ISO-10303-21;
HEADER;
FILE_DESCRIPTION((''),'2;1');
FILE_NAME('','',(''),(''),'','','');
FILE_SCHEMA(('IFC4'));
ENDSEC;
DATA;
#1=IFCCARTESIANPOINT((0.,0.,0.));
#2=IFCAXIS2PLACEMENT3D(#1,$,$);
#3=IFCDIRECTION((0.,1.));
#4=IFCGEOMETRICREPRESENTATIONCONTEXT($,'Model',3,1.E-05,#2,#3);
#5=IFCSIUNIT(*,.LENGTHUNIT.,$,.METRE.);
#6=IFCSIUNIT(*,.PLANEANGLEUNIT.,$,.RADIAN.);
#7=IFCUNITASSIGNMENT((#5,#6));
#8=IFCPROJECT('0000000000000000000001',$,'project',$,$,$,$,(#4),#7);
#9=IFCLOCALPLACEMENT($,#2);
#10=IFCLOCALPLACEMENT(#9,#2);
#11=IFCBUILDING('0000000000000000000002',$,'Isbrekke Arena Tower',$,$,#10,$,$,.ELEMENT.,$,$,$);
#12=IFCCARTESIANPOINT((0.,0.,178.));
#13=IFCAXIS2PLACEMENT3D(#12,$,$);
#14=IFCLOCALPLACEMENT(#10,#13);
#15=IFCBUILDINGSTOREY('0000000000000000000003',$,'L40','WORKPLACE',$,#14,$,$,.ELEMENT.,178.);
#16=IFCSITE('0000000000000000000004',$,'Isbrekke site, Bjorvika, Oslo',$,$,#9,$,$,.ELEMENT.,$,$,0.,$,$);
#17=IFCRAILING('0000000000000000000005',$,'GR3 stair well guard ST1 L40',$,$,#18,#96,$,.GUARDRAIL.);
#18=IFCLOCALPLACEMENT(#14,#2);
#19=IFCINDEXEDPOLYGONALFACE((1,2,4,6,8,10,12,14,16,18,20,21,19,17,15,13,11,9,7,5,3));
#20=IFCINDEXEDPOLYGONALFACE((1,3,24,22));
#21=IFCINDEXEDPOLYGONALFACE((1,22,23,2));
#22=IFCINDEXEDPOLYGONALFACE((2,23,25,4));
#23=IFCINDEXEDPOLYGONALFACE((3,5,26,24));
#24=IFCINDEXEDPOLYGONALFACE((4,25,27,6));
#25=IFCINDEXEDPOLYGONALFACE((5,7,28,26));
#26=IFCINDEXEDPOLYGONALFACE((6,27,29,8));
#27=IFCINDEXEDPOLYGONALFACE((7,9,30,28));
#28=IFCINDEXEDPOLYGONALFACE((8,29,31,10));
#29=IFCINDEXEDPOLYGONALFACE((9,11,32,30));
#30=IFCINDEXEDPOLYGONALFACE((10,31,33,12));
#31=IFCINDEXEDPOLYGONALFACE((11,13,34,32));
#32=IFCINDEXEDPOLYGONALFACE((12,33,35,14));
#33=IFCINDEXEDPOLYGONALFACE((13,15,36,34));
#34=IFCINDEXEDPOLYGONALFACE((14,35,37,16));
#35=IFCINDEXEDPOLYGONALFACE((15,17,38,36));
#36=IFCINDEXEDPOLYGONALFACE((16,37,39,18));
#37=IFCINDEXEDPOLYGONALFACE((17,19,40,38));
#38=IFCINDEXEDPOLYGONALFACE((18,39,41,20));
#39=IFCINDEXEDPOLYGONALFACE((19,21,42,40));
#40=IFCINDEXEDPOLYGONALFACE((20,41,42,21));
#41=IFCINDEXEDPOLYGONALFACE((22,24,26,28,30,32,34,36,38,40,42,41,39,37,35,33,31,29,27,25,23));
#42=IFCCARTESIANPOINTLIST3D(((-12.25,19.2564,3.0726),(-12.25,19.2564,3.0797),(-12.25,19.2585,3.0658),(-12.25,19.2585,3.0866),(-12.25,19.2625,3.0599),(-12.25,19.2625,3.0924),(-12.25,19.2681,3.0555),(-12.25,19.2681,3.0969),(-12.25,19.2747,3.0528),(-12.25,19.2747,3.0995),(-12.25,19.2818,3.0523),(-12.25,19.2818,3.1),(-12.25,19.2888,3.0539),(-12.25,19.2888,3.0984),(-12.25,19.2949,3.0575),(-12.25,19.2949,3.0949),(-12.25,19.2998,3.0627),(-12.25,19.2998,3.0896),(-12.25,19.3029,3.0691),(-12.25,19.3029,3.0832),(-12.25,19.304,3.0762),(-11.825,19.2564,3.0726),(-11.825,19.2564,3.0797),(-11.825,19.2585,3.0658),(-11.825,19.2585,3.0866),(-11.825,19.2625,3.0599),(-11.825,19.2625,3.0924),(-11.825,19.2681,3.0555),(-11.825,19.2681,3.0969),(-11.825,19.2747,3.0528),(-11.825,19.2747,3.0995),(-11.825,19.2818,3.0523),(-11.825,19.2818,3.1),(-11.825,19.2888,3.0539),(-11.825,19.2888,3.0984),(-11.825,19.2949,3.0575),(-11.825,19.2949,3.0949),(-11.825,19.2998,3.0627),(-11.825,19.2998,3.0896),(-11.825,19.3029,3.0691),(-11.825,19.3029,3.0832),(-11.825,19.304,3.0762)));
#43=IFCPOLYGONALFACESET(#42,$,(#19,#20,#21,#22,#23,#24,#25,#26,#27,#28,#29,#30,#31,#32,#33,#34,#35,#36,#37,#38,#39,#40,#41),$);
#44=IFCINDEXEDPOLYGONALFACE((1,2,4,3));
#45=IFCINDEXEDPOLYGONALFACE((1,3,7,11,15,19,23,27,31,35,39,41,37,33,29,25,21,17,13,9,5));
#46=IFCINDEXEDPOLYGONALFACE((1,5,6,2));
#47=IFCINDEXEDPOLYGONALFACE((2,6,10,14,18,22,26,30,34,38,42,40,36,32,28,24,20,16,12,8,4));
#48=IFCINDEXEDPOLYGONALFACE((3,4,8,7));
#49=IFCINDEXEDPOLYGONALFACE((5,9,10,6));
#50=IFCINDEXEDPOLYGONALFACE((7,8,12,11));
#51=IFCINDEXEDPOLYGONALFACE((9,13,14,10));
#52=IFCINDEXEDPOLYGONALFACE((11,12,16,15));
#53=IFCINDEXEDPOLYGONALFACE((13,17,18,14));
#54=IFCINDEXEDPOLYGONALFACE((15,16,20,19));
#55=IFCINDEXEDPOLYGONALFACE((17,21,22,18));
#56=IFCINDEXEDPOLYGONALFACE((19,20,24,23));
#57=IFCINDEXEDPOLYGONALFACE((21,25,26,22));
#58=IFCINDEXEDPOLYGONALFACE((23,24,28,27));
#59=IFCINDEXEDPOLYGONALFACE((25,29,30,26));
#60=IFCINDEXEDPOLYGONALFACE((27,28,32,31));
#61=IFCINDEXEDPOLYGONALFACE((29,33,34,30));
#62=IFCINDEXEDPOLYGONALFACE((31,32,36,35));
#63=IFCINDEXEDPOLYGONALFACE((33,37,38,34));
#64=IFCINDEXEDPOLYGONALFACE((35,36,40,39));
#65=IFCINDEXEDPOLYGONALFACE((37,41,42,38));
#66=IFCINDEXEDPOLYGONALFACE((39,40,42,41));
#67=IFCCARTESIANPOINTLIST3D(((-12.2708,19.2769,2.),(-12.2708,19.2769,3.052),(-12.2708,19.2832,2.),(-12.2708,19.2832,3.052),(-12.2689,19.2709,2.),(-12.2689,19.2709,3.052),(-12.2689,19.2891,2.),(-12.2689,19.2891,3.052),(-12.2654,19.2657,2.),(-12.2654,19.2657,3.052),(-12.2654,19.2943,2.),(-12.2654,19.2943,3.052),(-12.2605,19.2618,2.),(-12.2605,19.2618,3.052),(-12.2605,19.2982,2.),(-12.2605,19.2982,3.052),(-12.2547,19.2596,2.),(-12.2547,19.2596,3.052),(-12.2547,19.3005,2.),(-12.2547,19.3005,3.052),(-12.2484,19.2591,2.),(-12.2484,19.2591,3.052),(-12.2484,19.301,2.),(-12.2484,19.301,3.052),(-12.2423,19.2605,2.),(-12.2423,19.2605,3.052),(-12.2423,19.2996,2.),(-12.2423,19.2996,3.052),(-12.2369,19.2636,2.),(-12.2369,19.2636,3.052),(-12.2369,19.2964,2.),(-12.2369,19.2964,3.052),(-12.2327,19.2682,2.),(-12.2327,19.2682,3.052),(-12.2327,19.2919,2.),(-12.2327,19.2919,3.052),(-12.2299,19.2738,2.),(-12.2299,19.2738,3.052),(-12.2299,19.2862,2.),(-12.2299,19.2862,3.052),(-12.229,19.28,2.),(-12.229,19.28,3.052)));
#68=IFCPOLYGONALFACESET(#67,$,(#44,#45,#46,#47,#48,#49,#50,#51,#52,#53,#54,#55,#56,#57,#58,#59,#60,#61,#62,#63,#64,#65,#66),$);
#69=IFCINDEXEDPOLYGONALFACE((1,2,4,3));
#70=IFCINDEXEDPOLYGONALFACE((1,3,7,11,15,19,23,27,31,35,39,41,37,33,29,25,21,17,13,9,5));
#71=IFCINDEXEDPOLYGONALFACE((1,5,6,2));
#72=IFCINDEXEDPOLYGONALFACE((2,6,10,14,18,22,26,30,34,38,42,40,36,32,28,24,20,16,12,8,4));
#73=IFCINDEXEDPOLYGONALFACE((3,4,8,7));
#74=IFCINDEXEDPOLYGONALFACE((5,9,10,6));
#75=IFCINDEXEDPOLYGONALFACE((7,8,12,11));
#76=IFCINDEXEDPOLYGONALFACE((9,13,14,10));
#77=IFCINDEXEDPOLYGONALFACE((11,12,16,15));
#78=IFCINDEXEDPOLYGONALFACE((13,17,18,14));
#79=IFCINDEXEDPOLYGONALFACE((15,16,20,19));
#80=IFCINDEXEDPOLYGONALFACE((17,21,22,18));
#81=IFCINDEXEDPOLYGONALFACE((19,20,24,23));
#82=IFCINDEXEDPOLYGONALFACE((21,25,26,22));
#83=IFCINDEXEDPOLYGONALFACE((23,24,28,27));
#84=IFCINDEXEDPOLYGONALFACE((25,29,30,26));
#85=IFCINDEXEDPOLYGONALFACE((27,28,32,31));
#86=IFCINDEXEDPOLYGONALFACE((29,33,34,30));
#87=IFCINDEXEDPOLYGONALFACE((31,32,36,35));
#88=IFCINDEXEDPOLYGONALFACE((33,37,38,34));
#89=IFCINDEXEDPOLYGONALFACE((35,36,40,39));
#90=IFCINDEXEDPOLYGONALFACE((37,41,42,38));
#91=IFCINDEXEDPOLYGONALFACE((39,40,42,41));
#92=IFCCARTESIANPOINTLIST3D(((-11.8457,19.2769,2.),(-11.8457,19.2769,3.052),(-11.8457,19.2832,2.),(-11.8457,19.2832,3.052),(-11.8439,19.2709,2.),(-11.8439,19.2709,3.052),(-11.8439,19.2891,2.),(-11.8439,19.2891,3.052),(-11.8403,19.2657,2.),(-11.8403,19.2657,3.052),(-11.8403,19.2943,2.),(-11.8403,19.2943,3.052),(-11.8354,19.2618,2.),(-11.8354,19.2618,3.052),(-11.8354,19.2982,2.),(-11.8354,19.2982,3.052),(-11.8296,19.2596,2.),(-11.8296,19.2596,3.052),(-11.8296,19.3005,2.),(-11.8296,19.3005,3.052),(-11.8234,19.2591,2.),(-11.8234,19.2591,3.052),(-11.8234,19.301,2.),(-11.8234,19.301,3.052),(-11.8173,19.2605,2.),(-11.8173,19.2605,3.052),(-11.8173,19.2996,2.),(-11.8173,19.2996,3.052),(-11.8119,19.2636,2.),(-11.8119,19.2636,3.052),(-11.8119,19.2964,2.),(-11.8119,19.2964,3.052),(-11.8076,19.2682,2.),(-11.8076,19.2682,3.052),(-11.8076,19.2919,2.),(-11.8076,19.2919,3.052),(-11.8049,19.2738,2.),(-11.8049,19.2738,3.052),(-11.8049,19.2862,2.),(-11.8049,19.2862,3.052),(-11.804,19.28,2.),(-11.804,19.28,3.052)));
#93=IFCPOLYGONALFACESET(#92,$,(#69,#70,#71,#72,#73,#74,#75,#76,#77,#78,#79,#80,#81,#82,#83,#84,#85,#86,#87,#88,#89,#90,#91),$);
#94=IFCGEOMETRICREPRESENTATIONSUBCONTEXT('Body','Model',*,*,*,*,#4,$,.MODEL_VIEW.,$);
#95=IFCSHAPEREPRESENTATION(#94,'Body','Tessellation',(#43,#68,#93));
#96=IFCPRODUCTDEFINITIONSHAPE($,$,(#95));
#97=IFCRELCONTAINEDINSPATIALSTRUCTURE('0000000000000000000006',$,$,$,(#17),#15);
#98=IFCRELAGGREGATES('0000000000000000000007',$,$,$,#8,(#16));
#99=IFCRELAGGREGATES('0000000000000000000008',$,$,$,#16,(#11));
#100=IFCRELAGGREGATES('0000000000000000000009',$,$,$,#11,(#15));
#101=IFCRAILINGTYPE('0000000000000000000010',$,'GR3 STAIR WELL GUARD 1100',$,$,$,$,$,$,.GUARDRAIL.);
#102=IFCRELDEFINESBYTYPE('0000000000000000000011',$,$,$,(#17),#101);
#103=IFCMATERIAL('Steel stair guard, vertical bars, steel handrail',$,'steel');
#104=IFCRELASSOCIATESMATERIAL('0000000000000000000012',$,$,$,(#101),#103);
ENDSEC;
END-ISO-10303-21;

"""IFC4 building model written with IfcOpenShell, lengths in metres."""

from ifc_helpers import new_model, si_unit, direction, frame, origin, origin_2d, place, context, subcontext, project, spatial, circle, extrude, material, type_object, element, save


model = new_model("IFC4")

# Units and contexts
model_context = context("Model", 3, precision=1e-05, world=origin(), true_north=direction((0.0, 1.0)))
body_context = subcontext(model_context, "Body", "Model", "MODEL_VIEW")
ifc_project = project(units=[si_unit("LENGTHUNIT", "METRE"), si_unit("PLANEANGLEUNIT", "RADIAN")], contexts=[model_context])

# Site, building, storey
site_placement = place(None, origin())
site = spatial("IfcSite", under=ifc_project, at=site_placement, Name="Isbrekke site, Bjorvika, Oslo", CompositionType="ELEMENT", RefElevation=0.0)
building_placement = place(site_placement, origin())
building = spatial("IfcBuilding", under=site, at=building_placement, Name="Isbrekke Arena Tower", CompositionType="ELEMENT")
storey_placement = place(building_placement, frame((0.0, 0.0, 178.0)))
storey = spatial("IfcBuildingStorey", under=building, at=storey_placement, Name="L40", Description="WORKPLACE", CompositionType="ELEMENT", Elevation=178.0)

# Railing
ifc_material_1 = material(Name="Steel stair guard, vertical bars, steel handrail", Category="steel")
railing_type = type_object("IfcRailingType", Name="GR3 STAIR WELL GUARD 1100", PredefinedType="GUARDRAIL", material=ifc_material_1)
for number, where, name in (
    (1, (-12.25, 19.28, 2.0), "GR3 stair well guard ST1 L40"),
):
    element("IfcRailing", number, at=place(storey_placement, frame(where)), inside=storey, type_object=railing_type, Name=name, PredefinedType="GUARDRAIL", context=body_context, shape_type="SweptSolid", body=[
        extrude(circle(Radius=0.0239, at=origin_2d()), frame((0.0, 0.0, 1.0762), z_axis=(1.0, 0.0, 0.0), x_axis=(0.0, 1.0, 0.0)), (0.0, 0.0, 1.0), 0.425),
        extrude(circle(Radius=0.021, at=origin_2d()), origin(), (0.0, 0.0, 1.0), 1.052),
        extrude(circle(Radius=0.021, at=origin_2d()), frame((0.425, 0.0, 0.0)), (0.0, 0.0, 1.0), 1.052),
    ])

save(model, "model.ifc")
